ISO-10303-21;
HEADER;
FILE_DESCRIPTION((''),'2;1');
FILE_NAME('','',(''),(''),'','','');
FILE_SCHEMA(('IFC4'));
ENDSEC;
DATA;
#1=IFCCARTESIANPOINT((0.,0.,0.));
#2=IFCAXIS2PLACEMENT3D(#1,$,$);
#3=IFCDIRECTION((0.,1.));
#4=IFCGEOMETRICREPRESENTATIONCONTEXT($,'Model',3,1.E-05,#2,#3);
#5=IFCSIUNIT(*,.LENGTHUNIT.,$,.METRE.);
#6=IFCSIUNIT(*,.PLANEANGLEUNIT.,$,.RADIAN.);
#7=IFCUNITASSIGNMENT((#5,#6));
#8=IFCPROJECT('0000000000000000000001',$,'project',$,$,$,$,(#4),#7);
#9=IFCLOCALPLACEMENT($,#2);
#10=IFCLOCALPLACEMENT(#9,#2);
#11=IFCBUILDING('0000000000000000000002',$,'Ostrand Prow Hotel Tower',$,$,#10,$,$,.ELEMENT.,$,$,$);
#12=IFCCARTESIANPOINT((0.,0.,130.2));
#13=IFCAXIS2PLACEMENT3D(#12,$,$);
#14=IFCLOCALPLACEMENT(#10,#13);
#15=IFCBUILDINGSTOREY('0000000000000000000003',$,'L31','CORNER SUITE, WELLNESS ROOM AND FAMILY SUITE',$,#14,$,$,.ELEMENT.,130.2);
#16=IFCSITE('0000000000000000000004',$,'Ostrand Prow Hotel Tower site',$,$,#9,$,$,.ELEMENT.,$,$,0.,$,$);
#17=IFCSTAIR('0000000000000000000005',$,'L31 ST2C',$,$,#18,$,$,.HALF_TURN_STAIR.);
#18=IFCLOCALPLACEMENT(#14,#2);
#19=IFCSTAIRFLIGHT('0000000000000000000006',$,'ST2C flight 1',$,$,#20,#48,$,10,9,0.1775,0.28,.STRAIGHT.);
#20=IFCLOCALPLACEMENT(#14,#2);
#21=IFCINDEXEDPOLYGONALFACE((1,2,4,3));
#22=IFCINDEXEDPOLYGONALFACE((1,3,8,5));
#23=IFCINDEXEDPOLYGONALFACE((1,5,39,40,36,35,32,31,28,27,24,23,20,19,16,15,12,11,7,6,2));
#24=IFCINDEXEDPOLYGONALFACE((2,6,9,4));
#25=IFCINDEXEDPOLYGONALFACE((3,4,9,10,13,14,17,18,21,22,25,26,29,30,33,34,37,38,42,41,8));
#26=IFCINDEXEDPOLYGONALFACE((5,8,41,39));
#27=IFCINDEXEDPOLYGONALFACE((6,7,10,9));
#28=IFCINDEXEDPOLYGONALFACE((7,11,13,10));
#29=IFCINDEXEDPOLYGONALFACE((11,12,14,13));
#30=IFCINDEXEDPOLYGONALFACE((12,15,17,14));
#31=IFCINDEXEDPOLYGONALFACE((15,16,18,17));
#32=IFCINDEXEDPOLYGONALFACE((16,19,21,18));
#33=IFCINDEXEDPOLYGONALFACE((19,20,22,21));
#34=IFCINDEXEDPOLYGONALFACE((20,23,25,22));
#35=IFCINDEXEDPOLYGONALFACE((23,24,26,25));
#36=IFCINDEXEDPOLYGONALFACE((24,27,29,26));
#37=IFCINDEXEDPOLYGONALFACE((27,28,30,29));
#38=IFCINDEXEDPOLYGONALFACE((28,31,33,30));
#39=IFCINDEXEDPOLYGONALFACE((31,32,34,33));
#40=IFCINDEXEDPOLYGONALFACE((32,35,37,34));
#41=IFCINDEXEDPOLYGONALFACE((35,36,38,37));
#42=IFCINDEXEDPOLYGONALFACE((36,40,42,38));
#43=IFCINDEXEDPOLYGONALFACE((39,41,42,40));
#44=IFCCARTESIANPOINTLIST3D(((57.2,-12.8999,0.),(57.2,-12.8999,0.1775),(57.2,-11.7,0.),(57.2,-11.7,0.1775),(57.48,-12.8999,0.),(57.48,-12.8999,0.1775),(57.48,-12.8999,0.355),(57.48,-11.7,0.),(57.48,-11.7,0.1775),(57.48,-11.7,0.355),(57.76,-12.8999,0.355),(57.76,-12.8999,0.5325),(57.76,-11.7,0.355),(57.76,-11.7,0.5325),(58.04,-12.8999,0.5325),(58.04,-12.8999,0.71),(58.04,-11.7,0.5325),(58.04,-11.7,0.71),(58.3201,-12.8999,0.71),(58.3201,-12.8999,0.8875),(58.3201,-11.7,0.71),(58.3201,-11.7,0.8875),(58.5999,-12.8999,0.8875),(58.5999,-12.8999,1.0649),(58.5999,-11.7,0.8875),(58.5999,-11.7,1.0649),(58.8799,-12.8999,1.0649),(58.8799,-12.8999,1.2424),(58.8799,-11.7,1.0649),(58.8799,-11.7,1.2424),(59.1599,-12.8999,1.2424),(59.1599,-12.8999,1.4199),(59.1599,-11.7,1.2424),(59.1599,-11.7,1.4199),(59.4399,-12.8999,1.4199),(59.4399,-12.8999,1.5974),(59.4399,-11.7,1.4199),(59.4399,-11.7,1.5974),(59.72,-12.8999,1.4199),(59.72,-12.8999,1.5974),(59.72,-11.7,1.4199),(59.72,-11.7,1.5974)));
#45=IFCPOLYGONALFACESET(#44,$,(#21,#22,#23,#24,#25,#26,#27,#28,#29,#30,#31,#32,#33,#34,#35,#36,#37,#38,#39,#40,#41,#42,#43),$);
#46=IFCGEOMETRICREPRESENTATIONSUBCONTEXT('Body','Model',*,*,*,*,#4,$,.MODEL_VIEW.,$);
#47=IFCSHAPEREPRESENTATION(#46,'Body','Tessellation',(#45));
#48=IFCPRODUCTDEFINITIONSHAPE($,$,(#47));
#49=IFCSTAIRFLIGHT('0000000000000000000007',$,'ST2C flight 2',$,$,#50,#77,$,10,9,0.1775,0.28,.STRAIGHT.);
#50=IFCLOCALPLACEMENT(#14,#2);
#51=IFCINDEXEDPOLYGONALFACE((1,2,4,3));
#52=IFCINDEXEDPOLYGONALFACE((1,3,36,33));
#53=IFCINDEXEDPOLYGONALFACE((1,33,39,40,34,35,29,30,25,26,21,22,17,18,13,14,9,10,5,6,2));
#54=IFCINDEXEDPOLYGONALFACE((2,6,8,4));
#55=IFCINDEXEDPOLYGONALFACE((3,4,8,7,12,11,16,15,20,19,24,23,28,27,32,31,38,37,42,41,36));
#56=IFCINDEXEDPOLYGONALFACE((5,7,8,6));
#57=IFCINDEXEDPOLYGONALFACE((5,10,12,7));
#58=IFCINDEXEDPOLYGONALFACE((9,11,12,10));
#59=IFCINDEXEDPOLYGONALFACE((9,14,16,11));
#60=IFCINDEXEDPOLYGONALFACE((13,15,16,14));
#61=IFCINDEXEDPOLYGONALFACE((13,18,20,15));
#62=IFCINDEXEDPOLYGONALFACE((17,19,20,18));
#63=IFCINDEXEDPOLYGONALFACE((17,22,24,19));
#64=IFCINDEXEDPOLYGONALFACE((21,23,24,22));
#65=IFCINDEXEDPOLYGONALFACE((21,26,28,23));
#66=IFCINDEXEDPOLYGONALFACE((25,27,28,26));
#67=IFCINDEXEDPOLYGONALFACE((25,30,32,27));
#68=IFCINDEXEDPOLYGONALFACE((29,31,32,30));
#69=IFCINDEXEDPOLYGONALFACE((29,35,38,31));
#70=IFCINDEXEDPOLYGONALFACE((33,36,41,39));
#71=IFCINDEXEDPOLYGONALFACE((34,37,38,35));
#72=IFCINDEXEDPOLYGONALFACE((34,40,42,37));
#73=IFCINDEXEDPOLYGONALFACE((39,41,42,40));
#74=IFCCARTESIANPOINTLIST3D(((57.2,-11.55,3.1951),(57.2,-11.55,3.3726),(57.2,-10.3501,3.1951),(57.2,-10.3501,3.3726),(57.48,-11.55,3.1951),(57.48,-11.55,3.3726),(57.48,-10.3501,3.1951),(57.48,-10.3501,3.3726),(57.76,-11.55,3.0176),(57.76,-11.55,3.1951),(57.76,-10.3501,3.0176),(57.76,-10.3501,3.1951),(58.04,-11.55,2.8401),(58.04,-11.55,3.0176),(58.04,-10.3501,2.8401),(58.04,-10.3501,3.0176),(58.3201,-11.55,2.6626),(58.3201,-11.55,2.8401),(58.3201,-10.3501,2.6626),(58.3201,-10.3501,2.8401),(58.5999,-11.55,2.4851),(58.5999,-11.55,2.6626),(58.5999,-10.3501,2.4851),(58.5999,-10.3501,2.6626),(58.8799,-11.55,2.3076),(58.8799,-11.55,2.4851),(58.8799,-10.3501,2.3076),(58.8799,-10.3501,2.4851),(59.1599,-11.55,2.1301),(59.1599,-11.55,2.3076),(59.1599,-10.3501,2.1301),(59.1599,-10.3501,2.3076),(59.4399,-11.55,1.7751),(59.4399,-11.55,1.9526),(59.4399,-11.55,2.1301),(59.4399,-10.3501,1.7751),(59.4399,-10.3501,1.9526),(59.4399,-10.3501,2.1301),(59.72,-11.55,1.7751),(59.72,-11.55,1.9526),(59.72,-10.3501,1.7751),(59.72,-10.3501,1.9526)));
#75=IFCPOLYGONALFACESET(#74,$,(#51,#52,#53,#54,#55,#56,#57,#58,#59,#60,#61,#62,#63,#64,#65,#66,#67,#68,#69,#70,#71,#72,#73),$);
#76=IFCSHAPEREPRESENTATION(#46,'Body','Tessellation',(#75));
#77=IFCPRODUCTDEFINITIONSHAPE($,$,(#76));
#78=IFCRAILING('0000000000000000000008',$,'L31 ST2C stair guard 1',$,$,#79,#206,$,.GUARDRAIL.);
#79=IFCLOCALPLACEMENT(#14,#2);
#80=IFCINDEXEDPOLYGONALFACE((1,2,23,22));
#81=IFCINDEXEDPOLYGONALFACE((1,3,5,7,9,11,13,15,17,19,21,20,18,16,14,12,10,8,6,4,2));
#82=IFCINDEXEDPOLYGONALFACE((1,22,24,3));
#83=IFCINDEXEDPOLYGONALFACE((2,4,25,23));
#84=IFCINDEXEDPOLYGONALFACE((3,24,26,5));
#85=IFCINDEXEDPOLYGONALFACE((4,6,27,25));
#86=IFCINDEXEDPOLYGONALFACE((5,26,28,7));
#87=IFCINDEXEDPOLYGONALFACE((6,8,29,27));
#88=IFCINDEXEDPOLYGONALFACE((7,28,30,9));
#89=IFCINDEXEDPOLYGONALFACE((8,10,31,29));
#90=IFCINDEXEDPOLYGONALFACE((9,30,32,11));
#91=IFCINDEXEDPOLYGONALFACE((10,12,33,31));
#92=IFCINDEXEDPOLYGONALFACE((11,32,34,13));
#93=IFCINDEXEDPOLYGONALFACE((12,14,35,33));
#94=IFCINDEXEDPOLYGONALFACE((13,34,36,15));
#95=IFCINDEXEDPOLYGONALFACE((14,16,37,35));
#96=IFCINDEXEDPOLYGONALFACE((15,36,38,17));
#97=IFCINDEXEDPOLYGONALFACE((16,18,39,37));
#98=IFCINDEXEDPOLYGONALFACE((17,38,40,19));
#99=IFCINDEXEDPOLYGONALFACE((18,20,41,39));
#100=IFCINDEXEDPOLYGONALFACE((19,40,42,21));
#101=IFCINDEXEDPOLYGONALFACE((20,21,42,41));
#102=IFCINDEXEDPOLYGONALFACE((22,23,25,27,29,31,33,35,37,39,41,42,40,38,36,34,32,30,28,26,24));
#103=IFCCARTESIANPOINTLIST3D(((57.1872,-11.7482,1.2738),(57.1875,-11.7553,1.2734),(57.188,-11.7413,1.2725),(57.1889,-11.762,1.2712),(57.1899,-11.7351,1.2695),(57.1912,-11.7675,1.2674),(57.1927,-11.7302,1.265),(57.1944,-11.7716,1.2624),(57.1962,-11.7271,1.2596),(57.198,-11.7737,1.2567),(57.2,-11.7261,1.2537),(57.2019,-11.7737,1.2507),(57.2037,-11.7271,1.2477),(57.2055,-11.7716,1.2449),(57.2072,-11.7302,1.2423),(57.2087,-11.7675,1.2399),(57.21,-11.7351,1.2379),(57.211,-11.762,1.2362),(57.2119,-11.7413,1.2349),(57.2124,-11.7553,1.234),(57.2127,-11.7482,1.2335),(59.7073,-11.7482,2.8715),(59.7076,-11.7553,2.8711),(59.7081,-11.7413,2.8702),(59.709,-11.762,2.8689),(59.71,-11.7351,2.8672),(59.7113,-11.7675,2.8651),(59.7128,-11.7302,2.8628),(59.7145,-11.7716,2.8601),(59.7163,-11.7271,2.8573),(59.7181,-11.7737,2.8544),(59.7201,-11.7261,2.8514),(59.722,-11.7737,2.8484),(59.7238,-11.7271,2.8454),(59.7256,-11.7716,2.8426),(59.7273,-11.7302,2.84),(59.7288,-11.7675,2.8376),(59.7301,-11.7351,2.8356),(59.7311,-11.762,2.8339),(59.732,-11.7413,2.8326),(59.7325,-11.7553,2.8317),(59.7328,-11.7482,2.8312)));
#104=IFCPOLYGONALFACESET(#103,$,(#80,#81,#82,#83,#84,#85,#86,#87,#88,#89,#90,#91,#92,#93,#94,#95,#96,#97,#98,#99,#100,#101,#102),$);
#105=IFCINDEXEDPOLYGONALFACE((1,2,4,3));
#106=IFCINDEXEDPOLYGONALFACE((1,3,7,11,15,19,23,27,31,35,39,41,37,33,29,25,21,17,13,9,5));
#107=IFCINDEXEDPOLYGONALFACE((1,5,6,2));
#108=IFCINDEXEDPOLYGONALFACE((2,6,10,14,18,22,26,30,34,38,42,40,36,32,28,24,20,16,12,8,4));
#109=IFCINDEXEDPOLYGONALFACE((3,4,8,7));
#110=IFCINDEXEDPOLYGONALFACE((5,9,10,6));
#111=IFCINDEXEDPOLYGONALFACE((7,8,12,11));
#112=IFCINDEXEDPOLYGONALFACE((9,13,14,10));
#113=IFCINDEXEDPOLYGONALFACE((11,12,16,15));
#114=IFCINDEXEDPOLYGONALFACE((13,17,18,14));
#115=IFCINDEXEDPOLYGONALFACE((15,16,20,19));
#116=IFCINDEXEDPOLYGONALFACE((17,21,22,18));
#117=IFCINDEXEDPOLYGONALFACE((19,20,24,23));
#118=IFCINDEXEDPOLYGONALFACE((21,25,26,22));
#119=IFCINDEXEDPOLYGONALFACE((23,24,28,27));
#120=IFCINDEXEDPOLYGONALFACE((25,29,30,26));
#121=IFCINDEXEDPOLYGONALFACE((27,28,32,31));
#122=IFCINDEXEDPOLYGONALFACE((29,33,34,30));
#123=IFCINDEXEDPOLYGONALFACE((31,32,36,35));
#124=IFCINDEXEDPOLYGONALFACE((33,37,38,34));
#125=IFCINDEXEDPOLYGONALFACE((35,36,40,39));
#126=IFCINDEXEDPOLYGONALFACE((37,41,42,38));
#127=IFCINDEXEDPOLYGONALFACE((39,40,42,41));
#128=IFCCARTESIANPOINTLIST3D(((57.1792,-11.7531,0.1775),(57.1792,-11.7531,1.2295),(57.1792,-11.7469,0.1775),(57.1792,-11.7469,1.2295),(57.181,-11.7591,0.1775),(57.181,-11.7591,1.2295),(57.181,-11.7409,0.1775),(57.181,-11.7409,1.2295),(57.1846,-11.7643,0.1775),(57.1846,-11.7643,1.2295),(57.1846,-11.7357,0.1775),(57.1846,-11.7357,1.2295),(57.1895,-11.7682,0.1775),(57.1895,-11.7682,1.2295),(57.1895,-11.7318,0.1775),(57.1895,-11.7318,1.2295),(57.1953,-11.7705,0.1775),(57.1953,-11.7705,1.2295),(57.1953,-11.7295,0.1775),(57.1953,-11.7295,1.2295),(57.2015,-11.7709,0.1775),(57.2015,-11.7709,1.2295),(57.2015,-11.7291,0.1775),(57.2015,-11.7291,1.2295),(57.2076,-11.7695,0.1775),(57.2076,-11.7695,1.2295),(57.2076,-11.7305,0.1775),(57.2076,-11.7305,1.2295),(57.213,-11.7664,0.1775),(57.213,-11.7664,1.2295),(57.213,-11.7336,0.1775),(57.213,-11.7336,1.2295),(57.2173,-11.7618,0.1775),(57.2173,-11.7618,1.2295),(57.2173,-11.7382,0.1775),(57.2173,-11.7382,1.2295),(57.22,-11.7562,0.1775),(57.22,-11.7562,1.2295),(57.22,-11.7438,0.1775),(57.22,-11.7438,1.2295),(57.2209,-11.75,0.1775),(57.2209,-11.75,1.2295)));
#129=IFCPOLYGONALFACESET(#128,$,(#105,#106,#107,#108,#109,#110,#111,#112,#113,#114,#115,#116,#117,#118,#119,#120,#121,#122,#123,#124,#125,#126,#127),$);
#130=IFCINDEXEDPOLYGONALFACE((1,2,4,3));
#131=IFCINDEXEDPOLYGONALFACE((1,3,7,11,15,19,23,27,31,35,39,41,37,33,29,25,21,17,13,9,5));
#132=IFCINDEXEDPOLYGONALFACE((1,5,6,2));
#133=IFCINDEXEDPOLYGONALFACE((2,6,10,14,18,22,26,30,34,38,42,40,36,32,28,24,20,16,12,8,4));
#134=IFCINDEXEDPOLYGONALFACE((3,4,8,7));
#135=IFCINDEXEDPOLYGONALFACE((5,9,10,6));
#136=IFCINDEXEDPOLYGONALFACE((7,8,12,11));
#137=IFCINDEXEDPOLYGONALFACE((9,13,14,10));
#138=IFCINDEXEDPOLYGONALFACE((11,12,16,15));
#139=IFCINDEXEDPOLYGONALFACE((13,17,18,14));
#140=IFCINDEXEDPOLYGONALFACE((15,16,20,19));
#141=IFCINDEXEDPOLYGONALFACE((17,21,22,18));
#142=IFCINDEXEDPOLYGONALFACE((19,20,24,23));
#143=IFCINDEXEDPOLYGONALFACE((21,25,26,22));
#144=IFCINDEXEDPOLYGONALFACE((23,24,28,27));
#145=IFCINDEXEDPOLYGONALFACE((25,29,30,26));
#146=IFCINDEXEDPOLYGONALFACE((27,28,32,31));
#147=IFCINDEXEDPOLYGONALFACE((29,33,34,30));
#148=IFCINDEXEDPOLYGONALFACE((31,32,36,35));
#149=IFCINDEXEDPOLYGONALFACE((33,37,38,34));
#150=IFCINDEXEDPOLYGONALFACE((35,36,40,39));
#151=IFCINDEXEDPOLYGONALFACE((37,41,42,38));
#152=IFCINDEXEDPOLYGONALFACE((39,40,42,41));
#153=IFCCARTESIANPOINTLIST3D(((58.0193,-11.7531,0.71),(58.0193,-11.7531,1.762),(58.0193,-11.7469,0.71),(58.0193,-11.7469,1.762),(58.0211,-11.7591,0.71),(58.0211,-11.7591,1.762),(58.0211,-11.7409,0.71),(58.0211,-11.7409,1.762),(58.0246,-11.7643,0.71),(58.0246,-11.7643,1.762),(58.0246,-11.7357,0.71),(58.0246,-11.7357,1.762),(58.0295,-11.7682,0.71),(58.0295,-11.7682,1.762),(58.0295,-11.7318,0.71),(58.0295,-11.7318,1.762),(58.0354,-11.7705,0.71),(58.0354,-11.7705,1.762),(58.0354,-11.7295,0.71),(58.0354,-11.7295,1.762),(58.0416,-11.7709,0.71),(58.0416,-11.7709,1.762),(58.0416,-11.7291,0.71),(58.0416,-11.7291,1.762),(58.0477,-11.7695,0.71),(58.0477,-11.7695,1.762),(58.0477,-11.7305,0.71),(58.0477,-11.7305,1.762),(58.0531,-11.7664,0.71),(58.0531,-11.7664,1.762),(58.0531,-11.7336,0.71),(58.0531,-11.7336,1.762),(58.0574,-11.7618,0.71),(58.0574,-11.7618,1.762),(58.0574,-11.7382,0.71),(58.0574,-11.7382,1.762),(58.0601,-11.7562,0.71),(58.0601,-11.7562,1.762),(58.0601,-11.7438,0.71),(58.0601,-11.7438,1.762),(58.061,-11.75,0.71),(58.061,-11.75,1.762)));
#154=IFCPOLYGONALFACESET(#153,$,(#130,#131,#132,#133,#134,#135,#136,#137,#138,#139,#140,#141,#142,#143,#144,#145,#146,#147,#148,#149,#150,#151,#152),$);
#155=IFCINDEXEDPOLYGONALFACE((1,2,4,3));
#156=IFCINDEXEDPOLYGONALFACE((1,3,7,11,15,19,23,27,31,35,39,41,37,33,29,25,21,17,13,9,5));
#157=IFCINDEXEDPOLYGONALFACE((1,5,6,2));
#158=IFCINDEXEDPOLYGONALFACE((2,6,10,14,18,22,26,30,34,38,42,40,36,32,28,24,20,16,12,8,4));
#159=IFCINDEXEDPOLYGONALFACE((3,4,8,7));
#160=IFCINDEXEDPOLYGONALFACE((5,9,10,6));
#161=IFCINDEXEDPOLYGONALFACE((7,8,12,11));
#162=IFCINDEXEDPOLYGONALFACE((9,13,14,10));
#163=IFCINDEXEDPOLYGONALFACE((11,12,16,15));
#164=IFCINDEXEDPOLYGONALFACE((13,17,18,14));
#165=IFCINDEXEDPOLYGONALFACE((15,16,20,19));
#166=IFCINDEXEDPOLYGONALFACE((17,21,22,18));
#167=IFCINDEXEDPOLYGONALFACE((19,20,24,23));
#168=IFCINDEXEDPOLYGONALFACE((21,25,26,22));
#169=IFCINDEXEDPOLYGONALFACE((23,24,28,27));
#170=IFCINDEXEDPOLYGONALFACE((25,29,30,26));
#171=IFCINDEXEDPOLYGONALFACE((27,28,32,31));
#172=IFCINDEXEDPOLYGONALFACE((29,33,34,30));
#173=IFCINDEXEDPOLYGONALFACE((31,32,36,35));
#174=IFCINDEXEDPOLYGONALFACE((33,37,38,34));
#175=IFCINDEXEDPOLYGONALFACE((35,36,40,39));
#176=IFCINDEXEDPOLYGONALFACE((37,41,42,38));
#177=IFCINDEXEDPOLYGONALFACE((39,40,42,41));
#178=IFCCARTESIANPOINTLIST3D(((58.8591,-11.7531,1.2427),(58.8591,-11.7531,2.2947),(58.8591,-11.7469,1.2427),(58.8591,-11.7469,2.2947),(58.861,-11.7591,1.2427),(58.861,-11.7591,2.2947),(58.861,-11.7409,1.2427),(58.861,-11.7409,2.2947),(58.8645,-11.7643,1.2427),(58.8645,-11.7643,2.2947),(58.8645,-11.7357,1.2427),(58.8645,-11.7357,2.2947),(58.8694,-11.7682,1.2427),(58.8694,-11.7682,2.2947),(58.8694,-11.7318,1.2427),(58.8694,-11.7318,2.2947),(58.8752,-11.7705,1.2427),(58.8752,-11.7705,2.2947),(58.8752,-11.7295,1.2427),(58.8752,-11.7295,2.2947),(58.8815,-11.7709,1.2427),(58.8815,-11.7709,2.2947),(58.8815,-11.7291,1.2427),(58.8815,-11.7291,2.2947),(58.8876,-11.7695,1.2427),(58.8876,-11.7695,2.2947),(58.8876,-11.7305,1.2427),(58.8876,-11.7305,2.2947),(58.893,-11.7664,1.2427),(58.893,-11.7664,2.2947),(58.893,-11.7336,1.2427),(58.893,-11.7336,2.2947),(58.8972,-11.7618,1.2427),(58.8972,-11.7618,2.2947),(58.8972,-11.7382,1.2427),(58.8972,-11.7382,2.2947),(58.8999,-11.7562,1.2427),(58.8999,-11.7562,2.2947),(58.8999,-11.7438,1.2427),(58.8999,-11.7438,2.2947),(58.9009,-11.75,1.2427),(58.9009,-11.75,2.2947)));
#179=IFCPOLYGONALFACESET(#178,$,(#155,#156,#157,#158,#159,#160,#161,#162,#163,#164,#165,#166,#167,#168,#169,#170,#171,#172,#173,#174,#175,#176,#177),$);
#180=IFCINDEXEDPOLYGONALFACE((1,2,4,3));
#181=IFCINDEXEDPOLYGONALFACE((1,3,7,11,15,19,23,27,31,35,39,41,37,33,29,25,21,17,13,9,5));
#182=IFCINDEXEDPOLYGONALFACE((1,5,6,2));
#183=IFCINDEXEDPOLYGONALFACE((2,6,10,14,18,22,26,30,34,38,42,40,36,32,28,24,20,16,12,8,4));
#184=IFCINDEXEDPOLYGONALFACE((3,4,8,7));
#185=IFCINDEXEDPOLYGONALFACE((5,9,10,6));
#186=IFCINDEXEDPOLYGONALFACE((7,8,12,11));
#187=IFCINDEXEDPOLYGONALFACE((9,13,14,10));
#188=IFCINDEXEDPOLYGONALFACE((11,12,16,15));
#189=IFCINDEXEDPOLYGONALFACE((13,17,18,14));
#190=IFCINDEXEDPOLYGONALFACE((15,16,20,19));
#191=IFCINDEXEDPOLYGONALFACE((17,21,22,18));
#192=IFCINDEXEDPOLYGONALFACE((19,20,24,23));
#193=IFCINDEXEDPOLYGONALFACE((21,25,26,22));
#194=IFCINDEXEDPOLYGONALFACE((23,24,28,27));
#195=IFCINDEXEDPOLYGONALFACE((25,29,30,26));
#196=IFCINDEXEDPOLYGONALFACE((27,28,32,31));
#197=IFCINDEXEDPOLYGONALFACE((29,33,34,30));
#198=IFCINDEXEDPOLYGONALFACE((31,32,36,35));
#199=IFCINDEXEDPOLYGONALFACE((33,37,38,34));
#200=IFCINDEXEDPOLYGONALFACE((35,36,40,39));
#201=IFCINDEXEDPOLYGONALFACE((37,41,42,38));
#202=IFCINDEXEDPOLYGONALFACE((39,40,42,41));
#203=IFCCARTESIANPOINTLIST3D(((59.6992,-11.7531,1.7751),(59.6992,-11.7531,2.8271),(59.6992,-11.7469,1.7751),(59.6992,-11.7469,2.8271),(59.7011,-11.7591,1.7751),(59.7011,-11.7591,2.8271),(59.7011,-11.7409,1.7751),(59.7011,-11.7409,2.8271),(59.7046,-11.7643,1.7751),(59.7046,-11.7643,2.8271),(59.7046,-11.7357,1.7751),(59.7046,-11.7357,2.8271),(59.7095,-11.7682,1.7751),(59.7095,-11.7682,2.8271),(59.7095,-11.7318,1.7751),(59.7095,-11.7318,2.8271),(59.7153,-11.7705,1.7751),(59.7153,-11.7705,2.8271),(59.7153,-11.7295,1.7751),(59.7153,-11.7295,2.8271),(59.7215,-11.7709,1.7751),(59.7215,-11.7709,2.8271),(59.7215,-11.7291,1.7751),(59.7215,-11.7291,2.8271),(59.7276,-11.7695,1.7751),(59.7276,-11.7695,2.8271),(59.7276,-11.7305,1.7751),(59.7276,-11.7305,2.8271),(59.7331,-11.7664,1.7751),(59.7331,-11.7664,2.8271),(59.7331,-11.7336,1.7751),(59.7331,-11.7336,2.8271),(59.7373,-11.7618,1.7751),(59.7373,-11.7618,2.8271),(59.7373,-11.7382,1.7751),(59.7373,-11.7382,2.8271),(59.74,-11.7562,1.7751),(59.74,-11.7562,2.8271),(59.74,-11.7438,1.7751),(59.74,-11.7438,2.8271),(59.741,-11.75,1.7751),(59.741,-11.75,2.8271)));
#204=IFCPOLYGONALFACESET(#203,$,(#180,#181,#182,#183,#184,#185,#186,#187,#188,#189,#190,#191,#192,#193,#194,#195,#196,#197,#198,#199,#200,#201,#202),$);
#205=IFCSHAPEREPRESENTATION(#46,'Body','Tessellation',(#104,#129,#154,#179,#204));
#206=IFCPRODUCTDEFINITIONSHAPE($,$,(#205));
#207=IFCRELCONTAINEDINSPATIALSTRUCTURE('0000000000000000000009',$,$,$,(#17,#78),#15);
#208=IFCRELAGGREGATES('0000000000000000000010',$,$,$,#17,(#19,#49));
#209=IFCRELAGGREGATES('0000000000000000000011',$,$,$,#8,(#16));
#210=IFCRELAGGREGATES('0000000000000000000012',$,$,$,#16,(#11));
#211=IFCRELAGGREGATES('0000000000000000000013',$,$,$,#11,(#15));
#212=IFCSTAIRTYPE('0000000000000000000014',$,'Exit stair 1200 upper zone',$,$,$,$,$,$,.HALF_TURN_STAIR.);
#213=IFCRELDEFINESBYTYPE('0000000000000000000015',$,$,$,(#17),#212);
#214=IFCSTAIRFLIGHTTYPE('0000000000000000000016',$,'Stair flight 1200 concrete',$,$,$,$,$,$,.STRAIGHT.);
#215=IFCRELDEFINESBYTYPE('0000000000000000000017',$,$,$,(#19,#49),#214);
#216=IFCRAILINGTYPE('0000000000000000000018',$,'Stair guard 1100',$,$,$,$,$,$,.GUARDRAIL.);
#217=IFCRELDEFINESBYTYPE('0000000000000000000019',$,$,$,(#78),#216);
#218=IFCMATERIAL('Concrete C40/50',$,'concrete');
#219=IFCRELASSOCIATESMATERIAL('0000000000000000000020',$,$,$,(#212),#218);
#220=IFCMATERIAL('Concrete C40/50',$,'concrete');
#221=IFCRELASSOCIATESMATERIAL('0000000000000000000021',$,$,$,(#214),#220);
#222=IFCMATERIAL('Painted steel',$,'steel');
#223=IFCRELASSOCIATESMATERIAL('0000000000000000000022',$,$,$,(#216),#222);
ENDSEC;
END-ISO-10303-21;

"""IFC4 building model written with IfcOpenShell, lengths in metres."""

from ifc_helpers import new_model, si_unit, direction, frame, origin, origin_2d, place, context, subcontext, project, spatial, polyline, circle, outline, extrude, material, type_object, element, aggregate, save


model = new_model("IFC4")

# Units and contexts
model_context = context("Model", 3, precision=1e-05, world=origin(), true_north=direction((0.0, 1.0)))
body_context = subcontext(model_context, "Body", "Model", "MODEL_VIEW")
ifc_project = project(units=[si_unit("LENGTHUNIT", "METRE"), si_unit("PLANEANGLEUNIT", "RADIAN")], contexts=[model_context])

# Site, building, storey
site_placement = place(None, origin())
site = spatial("IfcSite", under=ifc_project, at=site_placement, Name="Ostrand Prow Hotel Tower site", CompositionType="ELEMENT", RefElevation=0.0)
building_placement = place(site_placement, origin())
building = spatial("IfcBuilding", under=site, at=building_placement, Name="Ostrand Prow Hotel Tower", CompositionType="ELEMENT")
storey_placement = place(building_placement, frame((0.0, 0.0, 130.2)))
storey = spatial("IfcBuildingStorey", under=building, at=storey_placement, Name="L31", Description="CORNER SUITE, WELLNESS ROOM AND FAMILY SUITE", CompositionType="ELEMENT", Elevation=130.2)

# Stair, stair flights
ifc_material_1 = material(Name="Concrete C40/50", Category="concrete")
stair_type = type_object("IfcStairType", Name="Exit stair 1200 upper zone", PredefinedType="HALF_TURN_STAIR", material=ifc_material_1)
stair_placement = place(storey_placement, origin())
stair = element("IfcStair", 1, at=stair_placement, inside=storey, type_object=stair_type, Name="L31 ST2C", PredefinedType="HALF_TURN_STAIR")
ifc_material_2 = material(Name="Concrete C40/50", Category="concrete")
stair_flight_type = type_object("IfcStairFlightType", Name="Stair flight 1200 concrete", PredefinedType="STRAIGHT", material=ifc_material_2)
stair_flight_1_placement = place(storey_placement, frame((57.2, -12.3, 0.0), z_axis=(0.0, 0.0, 1.0), x_axis=(1.0, 0.0, 0.0)))
stair_flight_1 = element("IfcStairFlight", 2, at=stair_flight_1_placement, type_object=stair_flight_type, Name="ST2C flight 1", NumberOfRisers=10, NumberOfTreads=9, PredefinedType="STRAIGHT", RiserHeight=0.1775, TreadLength=0.28, context=body_context, shape_type="SweptSolid", body=[
    extrude(outline(polyline([(0.0, 0.0), (0.0, 0.1775), (0.28, 0.1775), (0.28, 0.355), (0.5601, 0.355), (0.5601, 0.5325), (0.8401, 0.5325), (0.8401, 0.71), (1.1201, 0.71), (1.1201, 0.8875), (1.3999, 0.8875), (1.3999, 1.0649), (1.6799, 1.0649), (1.6799, 1.2424), (1.96, 1.2424), (1.96, 1.4199), (2.24, 1.4199), (2.24, 1.5974), (2.52, 1.5974), (2.52, 1.7749), (2.52, 1.4199), (0.28, 0.0), (0.0, 0.0)])), frame((0.0, 0.6001, 0.0), z_axis=(0.0, -1.0, 0.0), x_axis=(1.0, 0.0, 0.0)), (0.0, 0.0, 1.0), 1.2),
])
stair_flight_2_placement = place(storey_placement, frame((59.72, -10.95, 1.7751), z_axis=(0.0, 0.0, 1.0), x_axis=(-1.0, 0.0, 0.0)))
stair_flight_2 = element("IfcStairFlight", 3, at=stair_flight_2_placement, type_object=stair_flight_type, Name="ST2C flight 2", NumberOfRisers=10, NumberOfTreads=9, PredefinedType="STRAIGHT", RiserHeight=0.1775, TreadLength=0.28, context=body_context, shape_type="SweptSolid", body=[
    extrude(outline(polyline([(0.0, 0.0), (0.0, 0.1775), (0.28, 0.1775), (0.28, 0.355), (0.5601, 0.355), (0.5601, 0.5325), (0.8401, 0.5325), (0.8401, 0.71), (1.1201, 0.71), (1.1201, 0.8875), (1.3999, 0.8875), (1.3999, 1.0649), (1.6799, 1.0649), (1.6799, 1.2424), (1.96, 1.2424), (1.96, 1.4199), (2.24, 1.4199), (2.24, 1.5974), (2.52, 1.5974), (2.52, 1.7749), (2.52, 1.4199), (0.28, 0.0), (0.0, 0.0)])), frame((0.0, 0.6001, 0.0), z_axis=(0.0, -1.0, 0.0), x_axis=(1.0, 0.0, 0.0)), (0.0, 0.0, 1.0), 1.2),
])
aggregate(stair, [stair_flight_1, stair_flight_2])

# Railing
ifc_material_3 = material(Name="Painted steel", Category="steel")
railing_type_1 = type_object("IfcRailingType", Name="Stair guard 1100", PredefinedType="GUARDRAIL", material=ifc_material_3)
railing_1_placement = place(storey_placement, frame((57.2, -11.75, 0.1775)))
element("IfcRailing", 4, at=railing_1_placement, inside=storey, type_object=railing_type_1, Name="L31 ST2C stair guard 1", PredefinedType="GUARDRAIL", context=body_context, shape_type="SweptSolid", body=[
    extrude(circle(Radius=0.0239, at=origin_2d()), frame((0.0, 0.0, 1.0762), z_axis=(0.84457, 0.0, 0.535445), x_axis=(0.0, 1.0, 0.0)), (0.0, 0.0, 1.0), 2.9839),
    extrude(circle(Radius=0.021, at=origin_2d()), origin(), (0.0, 0.0, 1.0), 1.052),
    extrude(circle(Radius=0.021, at=origin_2d()), frame((0.8401, 0.0, 0.5325)), (0.0, 0.0, 1.0), 1.052),
    extrude(circle(Radius=0.021, at=origin_2d()), frame((1.6799, 0.0, 1.0652)), (0.0, 0.0, 1.0), 1.052),
    extrude(circle(Radius=0.021, at=origin_2d()), frame((2.52, 0.0, 1.5977)), (0.0, 0.0, 1.0), 1.052),
])

save(model, "model.ifc")
